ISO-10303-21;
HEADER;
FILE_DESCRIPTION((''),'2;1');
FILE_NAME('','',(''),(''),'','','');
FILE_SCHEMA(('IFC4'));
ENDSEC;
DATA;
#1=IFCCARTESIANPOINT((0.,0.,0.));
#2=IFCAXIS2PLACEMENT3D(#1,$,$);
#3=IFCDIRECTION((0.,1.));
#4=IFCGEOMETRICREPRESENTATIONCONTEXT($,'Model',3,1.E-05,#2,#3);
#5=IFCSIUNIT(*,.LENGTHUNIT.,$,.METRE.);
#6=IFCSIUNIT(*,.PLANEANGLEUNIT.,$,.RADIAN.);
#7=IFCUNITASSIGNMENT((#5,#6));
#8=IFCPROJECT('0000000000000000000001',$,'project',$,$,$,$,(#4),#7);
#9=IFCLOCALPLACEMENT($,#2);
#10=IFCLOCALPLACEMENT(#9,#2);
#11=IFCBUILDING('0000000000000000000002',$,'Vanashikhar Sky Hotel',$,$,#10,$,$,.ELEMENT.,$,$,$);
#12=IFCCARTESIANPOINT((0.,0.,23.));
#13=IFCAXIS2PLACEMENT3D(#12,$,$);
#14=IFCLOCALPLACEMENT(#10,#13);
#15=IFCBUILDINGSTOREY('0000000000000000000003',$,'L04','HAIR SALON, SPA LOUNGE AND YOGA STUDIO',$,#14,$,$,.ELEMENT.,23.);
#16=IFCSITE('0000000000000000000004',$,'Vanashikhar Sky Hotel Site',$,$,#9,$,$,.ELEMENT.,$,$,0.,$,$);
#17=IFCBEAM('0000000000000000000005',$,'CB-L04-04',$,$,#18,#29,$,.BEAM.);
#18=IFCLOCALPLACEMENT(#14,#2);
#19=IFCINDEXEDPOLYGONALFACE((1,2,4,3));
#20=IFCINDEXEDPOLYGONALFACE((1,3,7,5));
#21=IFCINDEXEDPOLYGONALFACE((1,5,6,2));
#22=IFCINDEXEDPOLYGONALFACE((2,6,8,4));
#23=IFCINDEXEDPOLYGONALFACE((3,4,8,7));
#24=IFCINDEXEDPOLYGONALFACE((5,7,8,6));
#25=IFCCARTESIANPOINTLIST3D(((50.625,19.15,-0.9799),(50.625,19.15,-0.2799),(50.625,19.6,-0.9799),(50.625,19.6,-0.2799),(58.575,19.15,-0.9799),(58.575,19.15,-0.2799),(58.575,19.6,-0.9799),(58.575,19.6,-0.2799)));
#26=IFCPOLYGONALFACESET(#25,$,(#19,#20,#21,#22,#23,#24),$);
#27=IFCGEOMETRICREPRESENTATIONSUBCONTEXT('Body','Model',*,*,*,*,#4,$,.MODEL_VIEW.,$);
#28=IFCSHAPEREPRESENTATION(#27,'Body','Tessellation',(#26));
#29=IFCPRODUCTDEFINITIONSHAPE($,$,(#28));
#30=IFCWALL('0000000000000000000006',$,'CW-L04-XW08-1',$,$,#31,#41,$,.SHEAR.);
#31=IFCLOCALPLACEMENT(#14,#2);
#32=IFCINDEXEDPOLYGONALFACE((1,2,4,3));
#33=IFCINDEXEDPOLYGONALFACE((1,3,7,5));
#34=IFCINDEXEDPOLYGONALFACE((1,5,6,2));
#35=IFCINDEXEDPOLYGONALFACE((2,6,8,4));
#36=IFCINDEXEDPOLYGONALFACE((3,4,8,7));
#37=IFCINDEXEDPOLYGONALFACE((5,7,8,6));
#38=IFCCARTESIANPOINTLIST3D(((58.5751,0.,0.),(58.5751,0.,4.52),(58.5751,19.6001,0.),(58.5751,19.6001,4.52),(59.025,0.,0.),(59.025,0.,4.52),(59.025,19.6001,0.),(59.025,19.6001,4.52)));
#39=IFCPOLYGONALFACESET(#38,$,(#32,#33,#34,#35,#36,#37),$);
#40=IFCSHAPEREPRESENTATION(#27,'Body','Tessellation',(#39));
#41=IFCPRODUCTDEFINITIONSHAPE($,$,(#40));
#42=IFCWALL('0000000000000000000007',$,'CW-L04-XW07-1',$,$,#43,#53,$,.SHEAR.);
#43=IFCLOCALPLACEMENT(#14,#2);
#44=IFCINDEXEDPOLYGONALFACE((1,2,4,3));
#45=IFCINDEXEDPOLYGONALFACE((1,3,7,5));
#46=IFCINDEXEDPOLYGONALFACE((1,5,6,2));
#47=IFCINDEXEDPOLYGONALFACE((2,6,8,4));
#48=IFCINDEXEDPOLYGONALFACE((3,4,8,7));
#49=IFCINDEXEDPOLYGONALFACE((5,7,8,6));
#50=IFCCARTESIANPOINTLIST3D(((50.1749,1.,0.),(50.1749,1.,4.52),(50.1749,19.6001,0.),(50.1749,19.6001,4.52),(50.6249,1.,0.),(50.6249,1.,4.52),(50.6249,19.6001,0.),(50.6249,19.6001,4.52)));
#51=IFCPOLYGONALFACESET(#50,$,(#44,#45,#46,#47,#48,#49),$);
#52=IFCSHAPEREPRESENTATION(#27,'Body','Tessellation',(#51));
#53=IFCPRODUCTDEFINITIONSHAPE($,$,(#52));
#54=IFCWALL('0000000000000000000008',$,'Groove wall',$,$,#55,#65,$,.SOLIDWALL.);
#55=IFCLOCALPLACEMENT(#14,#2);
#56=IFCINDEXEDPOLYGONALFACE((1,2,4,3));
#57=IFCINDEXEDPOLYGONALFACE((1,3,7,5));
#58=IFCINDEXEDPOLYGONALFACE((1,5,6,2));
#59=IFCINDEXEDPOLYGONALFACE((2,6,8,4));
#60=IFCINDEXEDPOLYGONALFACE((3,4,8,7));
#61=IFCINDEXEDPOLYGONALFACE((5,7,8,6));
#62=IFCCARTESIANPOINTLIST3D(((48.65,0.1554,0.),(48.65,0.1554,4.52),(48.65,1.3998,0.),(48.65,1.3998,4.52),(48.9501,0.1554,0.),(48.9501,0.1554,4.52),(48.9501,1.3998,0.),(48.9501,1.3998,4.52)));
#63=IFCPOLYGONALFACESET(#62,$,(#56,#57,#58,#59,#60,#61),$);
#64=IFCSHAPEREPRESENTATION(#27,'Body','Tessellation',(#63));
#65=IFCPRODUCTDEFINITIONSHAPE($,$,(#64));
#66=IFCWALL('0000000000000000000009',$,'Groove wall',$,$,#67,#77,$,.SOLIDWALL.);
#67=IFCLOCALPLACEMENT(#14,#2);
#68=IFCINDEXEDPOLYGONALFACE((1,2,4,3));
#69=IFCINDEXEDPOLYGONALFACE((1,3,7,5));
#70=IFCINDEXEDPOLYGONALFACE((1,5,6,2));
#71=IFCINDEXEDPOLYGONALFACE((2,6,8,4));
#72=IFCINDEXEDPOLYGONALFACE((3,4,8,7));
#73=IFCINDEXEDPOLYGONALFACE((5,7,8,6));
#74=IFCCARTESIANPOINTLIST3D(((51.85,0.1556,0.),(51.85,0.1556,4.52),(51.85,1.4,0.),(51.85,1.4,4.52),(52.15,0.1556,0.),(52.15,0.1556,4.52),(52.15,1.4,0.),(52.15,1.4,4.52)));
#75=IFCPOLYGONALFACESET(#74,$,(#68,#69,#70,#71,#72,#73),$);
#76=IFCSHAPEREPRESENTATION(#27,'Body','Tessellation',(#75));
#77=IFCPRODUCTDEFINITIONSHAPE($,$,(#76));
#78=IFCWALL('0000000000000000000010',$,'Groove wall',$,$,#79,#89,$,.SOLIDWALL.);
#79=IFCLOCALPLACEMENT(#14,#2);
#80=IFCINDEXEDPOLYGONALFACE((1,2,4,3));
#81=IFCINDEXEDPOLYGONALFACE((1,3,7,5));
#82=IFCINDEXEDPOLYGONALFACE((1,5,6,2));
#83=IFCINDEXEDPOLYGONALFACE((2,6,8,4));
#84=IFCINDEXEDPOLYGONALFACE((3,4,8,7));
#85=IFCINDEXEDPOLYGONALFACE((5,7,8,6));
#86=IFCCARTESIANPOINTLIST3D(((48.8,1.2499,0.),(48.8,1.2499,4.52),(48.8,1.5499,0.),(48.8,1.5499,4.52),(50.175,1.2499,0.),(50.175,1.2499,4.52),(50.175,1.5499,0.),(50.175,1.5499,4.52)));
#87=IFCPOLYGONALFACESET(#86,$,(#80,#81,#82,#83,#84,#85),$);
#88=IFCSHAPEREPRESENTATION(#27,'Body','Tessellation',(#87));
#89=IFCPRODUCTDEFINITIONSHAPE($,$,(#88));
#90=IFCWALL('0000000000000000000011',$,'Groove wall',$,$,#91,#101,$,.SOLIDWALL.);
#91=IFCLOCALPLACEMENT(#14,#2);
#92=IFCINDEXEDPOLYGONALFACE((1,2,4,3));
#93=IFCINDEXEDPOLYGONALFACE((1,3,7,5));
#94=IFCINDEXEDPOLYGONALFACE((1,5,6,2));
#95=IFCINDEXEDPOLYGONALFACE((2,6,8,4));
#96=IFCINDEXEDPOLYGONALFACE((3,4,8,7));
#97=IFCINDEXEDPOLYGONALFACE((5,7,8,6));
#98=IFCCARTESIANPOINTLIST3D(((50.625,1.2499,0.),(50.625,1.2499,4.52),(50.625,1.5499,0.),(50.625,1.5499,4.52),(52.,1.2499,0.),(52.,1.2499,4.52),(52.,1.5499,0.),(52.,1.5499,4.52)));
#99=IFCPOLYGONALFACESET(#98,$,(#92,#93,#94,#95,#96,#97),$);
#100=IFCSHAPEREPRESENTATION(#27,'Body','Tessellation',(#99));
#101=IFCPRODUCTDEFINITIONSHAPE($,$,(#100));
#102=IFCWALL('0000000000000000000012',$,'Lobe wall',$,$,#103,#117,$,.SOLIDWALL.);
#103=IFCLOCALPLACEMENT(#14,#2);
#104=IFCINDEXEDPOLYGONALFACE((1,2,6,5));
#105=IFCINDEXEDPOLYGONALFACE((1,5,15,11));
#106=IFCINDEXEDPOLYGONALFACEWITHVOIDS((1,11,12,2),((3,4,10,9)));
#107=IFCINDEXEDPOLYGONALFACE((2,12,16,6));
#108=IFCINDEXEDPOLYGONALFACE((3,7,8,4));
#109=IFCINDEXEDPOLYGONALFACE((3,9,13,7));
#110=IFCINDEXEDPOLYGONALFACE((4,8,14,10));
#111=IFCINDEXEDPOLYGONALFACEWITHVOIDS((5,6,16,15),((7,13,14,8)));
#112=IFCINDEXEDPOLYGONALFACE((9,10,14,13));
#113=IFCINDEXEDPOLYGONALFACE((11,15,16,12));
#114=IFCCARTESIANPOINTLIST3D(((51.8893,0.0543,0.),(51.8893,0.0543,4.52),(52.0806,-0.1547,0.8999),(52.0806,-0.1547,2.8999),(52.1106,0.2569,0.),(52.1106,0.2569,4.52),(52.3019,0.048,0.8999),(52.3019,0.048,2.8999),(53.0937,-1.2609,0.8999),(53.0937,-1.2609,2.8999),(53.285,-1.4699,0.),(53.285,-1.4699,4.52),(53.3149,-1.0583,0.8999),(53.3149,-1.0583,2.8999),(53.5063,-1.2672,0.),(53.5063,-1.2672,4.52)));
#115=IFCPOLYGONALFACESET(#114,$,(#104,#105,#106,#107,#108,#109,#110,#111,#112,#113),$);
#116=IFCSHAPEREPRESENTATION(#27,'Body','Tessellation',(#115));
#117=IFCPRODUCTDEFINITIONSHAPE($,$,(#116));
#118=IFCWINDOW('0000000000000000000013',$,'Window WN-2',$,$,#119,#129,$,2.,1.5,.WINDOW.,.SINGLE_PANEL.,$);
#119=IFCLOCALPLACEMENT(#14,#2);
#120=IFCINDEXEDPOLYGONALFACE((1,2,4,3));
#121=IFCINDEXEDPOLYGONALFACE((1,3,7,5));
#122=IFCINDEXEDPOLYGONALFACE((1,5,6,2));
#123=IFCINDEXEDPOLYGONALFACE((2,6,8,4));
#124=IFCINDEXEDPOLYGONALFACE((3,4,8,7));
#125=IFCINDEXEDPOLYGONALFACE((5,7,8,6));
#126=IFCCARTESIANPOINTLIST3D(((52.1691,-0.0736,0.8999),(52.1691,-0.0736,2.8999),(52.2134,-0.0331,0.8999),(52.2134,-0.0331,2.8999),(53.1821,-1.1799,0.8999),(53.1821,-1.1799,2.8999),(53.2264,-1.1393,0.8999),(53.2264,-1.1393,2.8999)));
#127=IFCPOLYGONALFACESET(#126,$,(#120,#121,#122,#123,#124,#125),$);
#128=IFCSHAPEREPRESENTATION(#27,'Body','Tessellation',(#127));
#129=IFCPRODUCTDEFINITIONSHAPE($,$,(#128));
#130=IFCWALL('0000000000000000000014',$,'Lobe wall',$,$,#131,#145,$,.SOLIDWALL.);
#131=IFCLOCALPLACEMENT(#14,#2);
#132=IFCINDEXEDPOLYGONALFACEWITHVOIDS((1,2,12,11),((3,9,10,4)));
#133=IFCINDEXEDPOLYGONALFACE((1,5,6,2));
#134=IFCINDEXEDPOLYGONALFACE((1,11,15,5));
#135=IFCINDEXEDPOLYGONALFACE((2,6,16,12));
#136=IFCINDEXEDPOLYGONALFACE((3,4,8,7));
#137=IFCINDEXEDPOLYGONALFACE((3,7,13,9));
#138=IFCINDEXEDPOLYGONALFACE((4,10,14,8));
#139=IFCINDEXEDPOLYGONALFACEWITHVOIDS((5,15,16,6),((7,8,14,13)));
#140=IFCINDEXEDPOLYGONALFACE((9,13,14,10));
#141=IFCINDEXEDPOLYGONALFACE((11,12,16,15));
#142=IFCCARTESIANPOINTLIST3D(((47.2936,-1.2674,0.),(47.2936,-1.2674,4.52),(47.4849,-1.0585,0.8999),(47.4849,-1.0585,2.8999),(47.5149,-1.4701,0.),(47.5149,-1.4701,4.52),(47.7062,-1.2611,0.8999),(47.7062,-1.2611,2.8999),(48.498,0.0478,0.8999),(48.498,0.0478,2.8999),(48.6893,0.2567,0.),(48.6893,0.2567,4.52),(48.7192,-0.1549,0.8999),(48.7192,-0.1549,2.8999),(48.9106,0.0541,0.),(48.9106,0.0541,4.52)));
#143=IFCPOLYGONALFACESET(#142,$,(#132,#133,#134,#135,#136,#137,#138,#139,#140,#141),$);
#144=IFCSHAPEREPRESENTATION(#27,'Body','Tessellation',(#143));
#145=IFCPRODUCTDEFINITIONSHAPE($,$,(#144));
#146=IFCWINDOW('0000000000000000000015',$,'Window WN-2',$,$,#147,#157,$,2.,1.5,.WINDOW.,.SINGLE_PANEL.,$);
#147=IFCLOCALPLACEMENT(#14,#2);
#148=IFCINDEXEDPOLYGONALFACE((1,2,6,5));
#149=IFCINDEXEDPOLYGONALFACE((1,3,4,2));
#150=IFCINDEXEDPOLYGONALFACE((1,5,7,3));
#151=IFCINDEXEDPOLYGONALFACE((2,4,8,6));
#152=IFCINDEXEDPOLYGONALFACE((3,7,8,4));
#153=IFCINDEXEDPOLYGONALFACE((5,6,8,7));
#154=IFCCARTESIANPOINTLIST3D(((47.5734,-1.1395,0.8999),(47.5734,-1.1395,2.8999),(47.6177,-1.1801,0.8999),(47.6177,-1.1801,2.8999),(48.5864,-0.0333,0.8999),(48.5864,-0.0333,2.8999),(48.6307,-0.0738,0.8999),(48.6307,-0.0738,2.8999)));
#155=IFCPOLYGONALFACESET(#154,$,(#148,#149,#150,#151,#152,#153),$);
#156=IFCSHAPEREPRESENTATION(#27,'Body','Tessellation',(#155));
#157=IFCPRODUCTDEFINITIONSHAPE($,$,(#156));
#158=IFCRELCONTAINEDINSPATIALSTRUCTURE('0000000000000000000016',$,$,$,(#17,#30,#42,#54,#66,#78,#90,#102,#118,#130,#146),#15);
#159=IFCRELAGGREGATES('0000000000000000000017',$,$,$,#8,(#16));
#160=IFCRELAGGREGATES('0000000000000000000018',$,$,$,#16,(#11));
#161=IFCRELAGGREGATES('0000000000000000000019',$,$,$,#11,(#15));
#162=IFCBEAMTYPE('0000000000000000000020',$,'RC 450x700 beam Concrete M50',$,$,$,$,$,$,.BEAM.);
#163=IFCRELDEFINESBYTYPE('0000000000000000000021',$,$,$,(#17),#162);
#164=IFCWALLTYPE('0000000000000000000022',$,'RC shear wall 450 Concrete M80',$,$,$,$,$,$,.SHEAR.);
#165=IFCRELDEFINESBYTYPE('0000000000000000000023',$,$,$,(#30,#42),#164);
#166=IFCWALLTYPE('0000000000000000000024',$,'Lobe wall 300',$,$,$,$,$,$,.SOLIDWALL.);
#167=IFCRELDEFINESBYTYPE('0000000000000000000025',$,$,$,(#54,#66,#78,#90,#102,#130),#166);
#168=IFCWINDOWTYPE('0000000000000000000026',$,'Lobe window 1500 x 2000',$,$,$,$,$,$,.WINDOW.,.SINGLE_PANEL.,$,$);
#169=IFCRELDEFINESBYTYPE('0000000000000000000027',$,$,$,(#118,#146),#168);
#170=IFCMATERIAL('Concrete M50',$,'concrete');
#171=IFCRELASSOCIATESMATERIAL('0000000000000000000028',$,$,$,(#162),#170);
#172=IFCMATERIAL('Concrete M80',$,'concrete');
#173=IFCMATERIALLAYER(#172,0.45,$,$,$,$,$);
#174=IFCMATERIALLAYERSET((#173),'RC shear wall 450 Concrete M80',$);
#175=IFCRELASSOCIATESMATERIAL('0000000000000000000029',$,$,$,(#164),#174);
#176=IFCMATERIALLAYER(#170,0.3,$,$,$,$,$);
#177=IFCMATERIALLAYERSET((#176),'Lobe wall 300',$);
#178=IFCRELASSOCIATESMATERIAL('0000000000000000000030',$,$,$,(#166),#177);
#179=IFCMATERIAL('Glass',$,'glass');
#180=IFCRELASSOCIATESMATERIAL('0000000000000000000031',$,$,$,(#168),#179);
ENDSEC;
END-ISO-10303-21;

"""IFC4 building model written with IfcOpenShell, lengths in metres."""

from ifc_helpers import new_model, si_unit, direction, frame, frame_2d, origin, origin_2d, place, context, subcontext, project, spatial, rectangle, extrude, source, transform, mapped, material, layer, layer_set, material_profile, profile_set, type_object, element, fill, save


model = new_model("IFC4")

# Units and contexts
model_context = context("Model", 3, precision=1e-05, world=origin(), true_north=direction((0.0, 1.0)))
body_context = subcontext(model_context, "Body", "Model", "MODEL_VIEW")
ifc_project = project(units=[si_unit("LENGTHUNIT", "METRE"), si_unit("PLANEANGLEUNIT", "RADIAN")], contexts=[model_context])

# Site, building, storey
site_placement = place(None, origin())
site = spatial("IfcSite", under=ifc_project, at=site_placement, Name="Vanashikhar Sky Hotel Site", CompositionType="ELEMENT", RefElevation=0.0)
building_placement = place(site_placement, origin())
building = spatial("IfcBuilding", under=site, at=building_placement, Name="Vanashikhar Sky Hotel", CompositionType="ELEMENT")
storey_placement = place(building_placement, frame((0.0, 0.0, 23.0)))
storey = spatial("IfcBuildingStorey", under=building, at=storey_placement, Name="L04", Description="HAIR SALON, SPA LOUNGE AND YOGA STUDIO", CompositionType="ELEMENT", Elevation=23.0)

# Beam
ifc_material_1 = material(Name="Concrete M50", Category="concrete")
ifc_material_profile = material_profile(ifc_material_1, rectangle(XDim=0.45, YDim=0.7, at=origin_2d()))
ifc_profile_set = profile_set([ifc_material_profile], Name="RC 450x700 beam Concrete M50")
beam_type = type_object("IfcBeamType", Name="RC 450x700 beam Concrete M50", PredefinedType="BEAM", material=ifc_profile_set)
shared_shape_1 = source(origin(), body_context, "Body", "SweptSolid", [
    extrude(rectangle(XDim=0.45, YDim=0.7, at=origin_2d()), origin(), (0.0, 0.0, 1.0), 7.95),
])
beam_placement = place(storey_placement, frame((50.625, 19.375, -0.6299), z_axis=(1.0, 0.0, 0.0), x_axis=(0.0, 1.0, 0.0)))
element("IfcBeam", 1, at=beam_placement, inside=storey, type_object=beam_type, Name="CB-L04-04", PredefinedType="BEAM", context=body_context, shape_type="MappedRepresentation", body=[
    mapped(shared_shape_1, transform((0.0, 0.0, 0.0), scale=1.0)),
])

# Walls
ifc_material_2 = material(Name="Concrete M80", Category="concrete")
ifc_layer_1 = layer(ifc_material_2, 0.45)
ifc_layer_set_1 = layer_set([ifc_layer_1], Name="RC shear wall 450 Concrete M80")
wall_type_1 = type_object("IfcWallType", Name="RC shear wall 450 Concrete M80", PredefinedType="SHEAR", material=ifc_layer_set_1)
shared_shape_2 = source(origin(), body_context, "Body", "SweptSolid", [
    extrude(rectangle(XDim=19.6001, YDim=0.45, at=frame_2d((9.8, 0.0))), origin(), (0.0, 0.0, 1.0), 4.52),
])
wall_1_placement = place(storey_placement, frame((58.8, 0.0, 0.0), z_axis=(0.0, 0.0, 1.0), x_axis=(0.0, 1.0, 0.0)))
element("IfcWall", 2, at=wall_1_placement, inside=storey, type_object=wall_type_1, Name="CW-L04-XW08-1", PredefinedType="SHEAR", context=body_context, shape_type="MappedRepresentation", body=[
    mapped(shared_shape_2, transform((0.0, 0.0, 0.0), scale=1.0)),
])
shared_shape_3 = source(origin(), body_context, "Body", "SweptSolid", [
    extrude(rectangle(XDim=18.6001, YDim=0.45, at=frame_2d((9.3, 0.0))), origin(), (0.0, 0.0, 1.0), 4.52),
])
wall_2_placement = place(storey_placement, frame((50.3999, 1.0, 0.0), z_axis=(0.0, 0.0, 1.0), x_axis=(0.0, 1.0, 0.0)))
element("IfcWall", 3, at=wall_2_placement, inside=storey, type_object=wall_type_1, Name="CW-L04-XW07-1", PredefinedType="SHEAR", context=body_context, shape_type="MappedRepresentation", body=[
    mapped(shared_shape_3, transform((0.0, 0.0, 0.0), scale=1.0)),
])
ifc_layer_2 = layer(ifc_material_1, 0.3)
ifc_layer_set_2 = layer_set([ifc_layer_2], Name="Lobe wall 300")
wall_type_2 = type_object("IfcWallType", Name="Lobe wall 300", PredefinedType="SOLIDWALL", material=ifc_layer_set_2)
shared_shape_4 = source(origin(), body_context, "Body", "SweptSolid", [
    extrude(rectangle(XDim=1.2444, YDim=0.3, at=frame_2d((0.6221, 0.0))), origin(), (0.0, 0.0, 1.0), 4.52),
])
for number, where, z_axis, x_axis, name in (
    (4, (48.8, 0.1555, 0.0), (0.0, 0.0, 1.0), (0.0, 1.0, 0.0), "Groove wall"),
    (5, (52.0, 1.3999, 0.0), (0.0, 0.0, 1.0), (0.0, -1.0, 0.0), "Groove wall"),
):
    element("IfcWall", number, at=place(storey_placement, frame(where, z_axis=z_axis, x_axis=x_axis)), inside=storey, type_object=wall_type_2, Name=name, PredefinedType="SOLIDWALL", context=body_context, shape_type="MappedRepresentation", body=[
        mapped(shared_shape_4, transform((0.0, 0.0, 0.0), scale=1.0)),
    ])
shared_shape_5 = source(origin(), body_context, "Body", "SweptSolid", [
    extrude(rectangle(XDim=1.375, YDim=0.3, at=frame_2d((0.6875, 0.0))), origin(), (0.0, 0.0, 1.0), 4.52),
])
for number, where, z_axis, x_axis, name in (
    (6, (48.8, 1.3999, 0.0), (0.0, 0.0, 1.0), (1.0, 0.0, 0.0), "Groove wall"),
    (7, (50.625, 1.3999, 0.0), (0.0, 0.0, 1.0), (1.0, 0.0, 0.0), "Groove wall"),
):
    element("IfcWall", number, at=place(storey_placement, frame(where, z_axis=z_axis, x_axis=x_axis)), inside=storey, type_object=wall_type_2, Name=name, PredefinedType="SOLIDWALL", context=body_context, shape_type="MappedRepresentation", body=[
        mapped(shared_shape_5, transform((0.0, 0.0, 0.0), scale=1.0)),
    ])

# Walls, openings, windows
shared_shape_6 = source(origin(), body_context, "Body", "SweptSolid", [
    extrude(rectangle(XDim=2.0667, YDim=0.3, at=frame_2d((1.0332, 0.0))), origin(), (0.0, 0.0, 1.0), 4.52),
])
wall_3_placement = place(storey_placement, frame((52.0, 0.1555, 0.0), z_axis=(0.0, 0.0, 1.0), x_axis=(0.675355, -0.737492, 0.0)))
wall_3 = element("IfcWall", 8, at=wall_3_placement, inside=storey, type_object=wall_type_2, Name="Lobe wall", PredefinedType="SOLIDWALL", context=body_context, shape_type="MappedRepresentation", body=[
    mapped(shared_shape_6, transform((0.0, 0.0, 0.0), scale=1.0)),
])
shared_shape_7 = source(origin(), body_context, "Body", "SweptSolid", [
    extrude(rectangle(XDim=1.5, YDim=2.0, at=frame_2d((0.75, 1.0))), frame((0.0, 0.1602, 0.0), z_axis=(0.0, -1.0, 0.0), x_axis=(1.0, 0.0, 0.0)), (0.0, 0.0, 1.0), 0.3201),
])
opening_1_placement = place(wall_3_placement, frame((0.2832, 0.0, 0.8999)))
opening_1 = element("IfcOpeningElement", 9, at=opening_1_placement, cuts=wall_3, PredefinedType="OPENING", context=body_context, shape_type="MappedRepresentation", body=[
    mapped(shared_shape_7, transform((0.0, 0.0, 0.0), scale=1.0)),
])
ifc_material_3 = material(Name="Glass", Category="glass")
window_type = type_object("IfcWindowType", Name="Lobe window 1500 x 2000", PartitioningType="SINGLE_PANEL", PredefinedType="WINDOW", material=ifc_material_3)
shared_shape_8 = source(origin(), body_context, "Body", "SweptSolid", [
    extrude(rectangle(XDim=1.5, YDim=2.0, at=frame_2d((0.75, 1.0))), frame((0.0, 0.03, 0.0), z_axis=(0.0, -1.0, 0.0), x_axis=(1.0, 0.0, 0.0)), (0.0, 0.0, 1.0), 0.0601),
])
window_1_placement = place(opening_1_placement, origin())
window_1 = element("IfcWindow", 10, at=window_1_placement, inside=storey, type_object=window_type, Name="Window WN-2", OverallHeight=2.0, OverallWidth=1.5, PartitioningType="SINGLE_PANEL", PredefinedType="WINDOW", context=body_context, shape_type="MappedRepresentation", body=[
    mapped(shared_shape_8, transform((0.0, 0.0, 0.0), scale=1.0)),
])
fill(opening_1, window_1)
wall_4_placement = place(storey_placement, frame((47.4043, -1.3687, 0.0), z_axis=(0.0, 0.0, 1.0), x_axis=(0.675355, 0.737492, 0.0)))
wall_4 = element("IfcWall", 11, at=wall_4_placement, inside=storey, type_object=wall_type_2, Name="Lobe wall", PredefinedType="SOLIDWALL", context=body_context, shape_type="MappedRepresentation", body=[
    mapped(shared_shape_6, transform((0.0, 0.0, 0.0), scale=1.0)),
])
opening_2_placement = place(wall_4_placement, frame((0.2832, 0.0, 0.8999)))
opening_2 = element("IfcOpeningElement", 12, at=opening_2_placement, cuts=wall_4, PredefinedType="OPENING", context=body_context, shape_type="MappedRepresentation", body=[
    mapped(shared_shape_7, transform((0.0, 0.0, 0.0), scale=1.0)),
])
window_2_placement = place(opening_2_placement, origin())
window_2 = element("IfcWindow", 13, at=window_2_placement, inside=storey, type_object=window_type, Name="Window WN-2", OverallHeight=2.0, OverallWidth=1.5, PartitioningType="SINGLE_PANEL", PredefinedType="WINDOW", context=body_context, shape_type="MappedRepresentation", body=[
    mapped(shared_shape_8, transform((0.0, 0.0, 0.0), scale=1.0)),
])
fill(opening_2, window_2)

save(model, "model.ifc")
